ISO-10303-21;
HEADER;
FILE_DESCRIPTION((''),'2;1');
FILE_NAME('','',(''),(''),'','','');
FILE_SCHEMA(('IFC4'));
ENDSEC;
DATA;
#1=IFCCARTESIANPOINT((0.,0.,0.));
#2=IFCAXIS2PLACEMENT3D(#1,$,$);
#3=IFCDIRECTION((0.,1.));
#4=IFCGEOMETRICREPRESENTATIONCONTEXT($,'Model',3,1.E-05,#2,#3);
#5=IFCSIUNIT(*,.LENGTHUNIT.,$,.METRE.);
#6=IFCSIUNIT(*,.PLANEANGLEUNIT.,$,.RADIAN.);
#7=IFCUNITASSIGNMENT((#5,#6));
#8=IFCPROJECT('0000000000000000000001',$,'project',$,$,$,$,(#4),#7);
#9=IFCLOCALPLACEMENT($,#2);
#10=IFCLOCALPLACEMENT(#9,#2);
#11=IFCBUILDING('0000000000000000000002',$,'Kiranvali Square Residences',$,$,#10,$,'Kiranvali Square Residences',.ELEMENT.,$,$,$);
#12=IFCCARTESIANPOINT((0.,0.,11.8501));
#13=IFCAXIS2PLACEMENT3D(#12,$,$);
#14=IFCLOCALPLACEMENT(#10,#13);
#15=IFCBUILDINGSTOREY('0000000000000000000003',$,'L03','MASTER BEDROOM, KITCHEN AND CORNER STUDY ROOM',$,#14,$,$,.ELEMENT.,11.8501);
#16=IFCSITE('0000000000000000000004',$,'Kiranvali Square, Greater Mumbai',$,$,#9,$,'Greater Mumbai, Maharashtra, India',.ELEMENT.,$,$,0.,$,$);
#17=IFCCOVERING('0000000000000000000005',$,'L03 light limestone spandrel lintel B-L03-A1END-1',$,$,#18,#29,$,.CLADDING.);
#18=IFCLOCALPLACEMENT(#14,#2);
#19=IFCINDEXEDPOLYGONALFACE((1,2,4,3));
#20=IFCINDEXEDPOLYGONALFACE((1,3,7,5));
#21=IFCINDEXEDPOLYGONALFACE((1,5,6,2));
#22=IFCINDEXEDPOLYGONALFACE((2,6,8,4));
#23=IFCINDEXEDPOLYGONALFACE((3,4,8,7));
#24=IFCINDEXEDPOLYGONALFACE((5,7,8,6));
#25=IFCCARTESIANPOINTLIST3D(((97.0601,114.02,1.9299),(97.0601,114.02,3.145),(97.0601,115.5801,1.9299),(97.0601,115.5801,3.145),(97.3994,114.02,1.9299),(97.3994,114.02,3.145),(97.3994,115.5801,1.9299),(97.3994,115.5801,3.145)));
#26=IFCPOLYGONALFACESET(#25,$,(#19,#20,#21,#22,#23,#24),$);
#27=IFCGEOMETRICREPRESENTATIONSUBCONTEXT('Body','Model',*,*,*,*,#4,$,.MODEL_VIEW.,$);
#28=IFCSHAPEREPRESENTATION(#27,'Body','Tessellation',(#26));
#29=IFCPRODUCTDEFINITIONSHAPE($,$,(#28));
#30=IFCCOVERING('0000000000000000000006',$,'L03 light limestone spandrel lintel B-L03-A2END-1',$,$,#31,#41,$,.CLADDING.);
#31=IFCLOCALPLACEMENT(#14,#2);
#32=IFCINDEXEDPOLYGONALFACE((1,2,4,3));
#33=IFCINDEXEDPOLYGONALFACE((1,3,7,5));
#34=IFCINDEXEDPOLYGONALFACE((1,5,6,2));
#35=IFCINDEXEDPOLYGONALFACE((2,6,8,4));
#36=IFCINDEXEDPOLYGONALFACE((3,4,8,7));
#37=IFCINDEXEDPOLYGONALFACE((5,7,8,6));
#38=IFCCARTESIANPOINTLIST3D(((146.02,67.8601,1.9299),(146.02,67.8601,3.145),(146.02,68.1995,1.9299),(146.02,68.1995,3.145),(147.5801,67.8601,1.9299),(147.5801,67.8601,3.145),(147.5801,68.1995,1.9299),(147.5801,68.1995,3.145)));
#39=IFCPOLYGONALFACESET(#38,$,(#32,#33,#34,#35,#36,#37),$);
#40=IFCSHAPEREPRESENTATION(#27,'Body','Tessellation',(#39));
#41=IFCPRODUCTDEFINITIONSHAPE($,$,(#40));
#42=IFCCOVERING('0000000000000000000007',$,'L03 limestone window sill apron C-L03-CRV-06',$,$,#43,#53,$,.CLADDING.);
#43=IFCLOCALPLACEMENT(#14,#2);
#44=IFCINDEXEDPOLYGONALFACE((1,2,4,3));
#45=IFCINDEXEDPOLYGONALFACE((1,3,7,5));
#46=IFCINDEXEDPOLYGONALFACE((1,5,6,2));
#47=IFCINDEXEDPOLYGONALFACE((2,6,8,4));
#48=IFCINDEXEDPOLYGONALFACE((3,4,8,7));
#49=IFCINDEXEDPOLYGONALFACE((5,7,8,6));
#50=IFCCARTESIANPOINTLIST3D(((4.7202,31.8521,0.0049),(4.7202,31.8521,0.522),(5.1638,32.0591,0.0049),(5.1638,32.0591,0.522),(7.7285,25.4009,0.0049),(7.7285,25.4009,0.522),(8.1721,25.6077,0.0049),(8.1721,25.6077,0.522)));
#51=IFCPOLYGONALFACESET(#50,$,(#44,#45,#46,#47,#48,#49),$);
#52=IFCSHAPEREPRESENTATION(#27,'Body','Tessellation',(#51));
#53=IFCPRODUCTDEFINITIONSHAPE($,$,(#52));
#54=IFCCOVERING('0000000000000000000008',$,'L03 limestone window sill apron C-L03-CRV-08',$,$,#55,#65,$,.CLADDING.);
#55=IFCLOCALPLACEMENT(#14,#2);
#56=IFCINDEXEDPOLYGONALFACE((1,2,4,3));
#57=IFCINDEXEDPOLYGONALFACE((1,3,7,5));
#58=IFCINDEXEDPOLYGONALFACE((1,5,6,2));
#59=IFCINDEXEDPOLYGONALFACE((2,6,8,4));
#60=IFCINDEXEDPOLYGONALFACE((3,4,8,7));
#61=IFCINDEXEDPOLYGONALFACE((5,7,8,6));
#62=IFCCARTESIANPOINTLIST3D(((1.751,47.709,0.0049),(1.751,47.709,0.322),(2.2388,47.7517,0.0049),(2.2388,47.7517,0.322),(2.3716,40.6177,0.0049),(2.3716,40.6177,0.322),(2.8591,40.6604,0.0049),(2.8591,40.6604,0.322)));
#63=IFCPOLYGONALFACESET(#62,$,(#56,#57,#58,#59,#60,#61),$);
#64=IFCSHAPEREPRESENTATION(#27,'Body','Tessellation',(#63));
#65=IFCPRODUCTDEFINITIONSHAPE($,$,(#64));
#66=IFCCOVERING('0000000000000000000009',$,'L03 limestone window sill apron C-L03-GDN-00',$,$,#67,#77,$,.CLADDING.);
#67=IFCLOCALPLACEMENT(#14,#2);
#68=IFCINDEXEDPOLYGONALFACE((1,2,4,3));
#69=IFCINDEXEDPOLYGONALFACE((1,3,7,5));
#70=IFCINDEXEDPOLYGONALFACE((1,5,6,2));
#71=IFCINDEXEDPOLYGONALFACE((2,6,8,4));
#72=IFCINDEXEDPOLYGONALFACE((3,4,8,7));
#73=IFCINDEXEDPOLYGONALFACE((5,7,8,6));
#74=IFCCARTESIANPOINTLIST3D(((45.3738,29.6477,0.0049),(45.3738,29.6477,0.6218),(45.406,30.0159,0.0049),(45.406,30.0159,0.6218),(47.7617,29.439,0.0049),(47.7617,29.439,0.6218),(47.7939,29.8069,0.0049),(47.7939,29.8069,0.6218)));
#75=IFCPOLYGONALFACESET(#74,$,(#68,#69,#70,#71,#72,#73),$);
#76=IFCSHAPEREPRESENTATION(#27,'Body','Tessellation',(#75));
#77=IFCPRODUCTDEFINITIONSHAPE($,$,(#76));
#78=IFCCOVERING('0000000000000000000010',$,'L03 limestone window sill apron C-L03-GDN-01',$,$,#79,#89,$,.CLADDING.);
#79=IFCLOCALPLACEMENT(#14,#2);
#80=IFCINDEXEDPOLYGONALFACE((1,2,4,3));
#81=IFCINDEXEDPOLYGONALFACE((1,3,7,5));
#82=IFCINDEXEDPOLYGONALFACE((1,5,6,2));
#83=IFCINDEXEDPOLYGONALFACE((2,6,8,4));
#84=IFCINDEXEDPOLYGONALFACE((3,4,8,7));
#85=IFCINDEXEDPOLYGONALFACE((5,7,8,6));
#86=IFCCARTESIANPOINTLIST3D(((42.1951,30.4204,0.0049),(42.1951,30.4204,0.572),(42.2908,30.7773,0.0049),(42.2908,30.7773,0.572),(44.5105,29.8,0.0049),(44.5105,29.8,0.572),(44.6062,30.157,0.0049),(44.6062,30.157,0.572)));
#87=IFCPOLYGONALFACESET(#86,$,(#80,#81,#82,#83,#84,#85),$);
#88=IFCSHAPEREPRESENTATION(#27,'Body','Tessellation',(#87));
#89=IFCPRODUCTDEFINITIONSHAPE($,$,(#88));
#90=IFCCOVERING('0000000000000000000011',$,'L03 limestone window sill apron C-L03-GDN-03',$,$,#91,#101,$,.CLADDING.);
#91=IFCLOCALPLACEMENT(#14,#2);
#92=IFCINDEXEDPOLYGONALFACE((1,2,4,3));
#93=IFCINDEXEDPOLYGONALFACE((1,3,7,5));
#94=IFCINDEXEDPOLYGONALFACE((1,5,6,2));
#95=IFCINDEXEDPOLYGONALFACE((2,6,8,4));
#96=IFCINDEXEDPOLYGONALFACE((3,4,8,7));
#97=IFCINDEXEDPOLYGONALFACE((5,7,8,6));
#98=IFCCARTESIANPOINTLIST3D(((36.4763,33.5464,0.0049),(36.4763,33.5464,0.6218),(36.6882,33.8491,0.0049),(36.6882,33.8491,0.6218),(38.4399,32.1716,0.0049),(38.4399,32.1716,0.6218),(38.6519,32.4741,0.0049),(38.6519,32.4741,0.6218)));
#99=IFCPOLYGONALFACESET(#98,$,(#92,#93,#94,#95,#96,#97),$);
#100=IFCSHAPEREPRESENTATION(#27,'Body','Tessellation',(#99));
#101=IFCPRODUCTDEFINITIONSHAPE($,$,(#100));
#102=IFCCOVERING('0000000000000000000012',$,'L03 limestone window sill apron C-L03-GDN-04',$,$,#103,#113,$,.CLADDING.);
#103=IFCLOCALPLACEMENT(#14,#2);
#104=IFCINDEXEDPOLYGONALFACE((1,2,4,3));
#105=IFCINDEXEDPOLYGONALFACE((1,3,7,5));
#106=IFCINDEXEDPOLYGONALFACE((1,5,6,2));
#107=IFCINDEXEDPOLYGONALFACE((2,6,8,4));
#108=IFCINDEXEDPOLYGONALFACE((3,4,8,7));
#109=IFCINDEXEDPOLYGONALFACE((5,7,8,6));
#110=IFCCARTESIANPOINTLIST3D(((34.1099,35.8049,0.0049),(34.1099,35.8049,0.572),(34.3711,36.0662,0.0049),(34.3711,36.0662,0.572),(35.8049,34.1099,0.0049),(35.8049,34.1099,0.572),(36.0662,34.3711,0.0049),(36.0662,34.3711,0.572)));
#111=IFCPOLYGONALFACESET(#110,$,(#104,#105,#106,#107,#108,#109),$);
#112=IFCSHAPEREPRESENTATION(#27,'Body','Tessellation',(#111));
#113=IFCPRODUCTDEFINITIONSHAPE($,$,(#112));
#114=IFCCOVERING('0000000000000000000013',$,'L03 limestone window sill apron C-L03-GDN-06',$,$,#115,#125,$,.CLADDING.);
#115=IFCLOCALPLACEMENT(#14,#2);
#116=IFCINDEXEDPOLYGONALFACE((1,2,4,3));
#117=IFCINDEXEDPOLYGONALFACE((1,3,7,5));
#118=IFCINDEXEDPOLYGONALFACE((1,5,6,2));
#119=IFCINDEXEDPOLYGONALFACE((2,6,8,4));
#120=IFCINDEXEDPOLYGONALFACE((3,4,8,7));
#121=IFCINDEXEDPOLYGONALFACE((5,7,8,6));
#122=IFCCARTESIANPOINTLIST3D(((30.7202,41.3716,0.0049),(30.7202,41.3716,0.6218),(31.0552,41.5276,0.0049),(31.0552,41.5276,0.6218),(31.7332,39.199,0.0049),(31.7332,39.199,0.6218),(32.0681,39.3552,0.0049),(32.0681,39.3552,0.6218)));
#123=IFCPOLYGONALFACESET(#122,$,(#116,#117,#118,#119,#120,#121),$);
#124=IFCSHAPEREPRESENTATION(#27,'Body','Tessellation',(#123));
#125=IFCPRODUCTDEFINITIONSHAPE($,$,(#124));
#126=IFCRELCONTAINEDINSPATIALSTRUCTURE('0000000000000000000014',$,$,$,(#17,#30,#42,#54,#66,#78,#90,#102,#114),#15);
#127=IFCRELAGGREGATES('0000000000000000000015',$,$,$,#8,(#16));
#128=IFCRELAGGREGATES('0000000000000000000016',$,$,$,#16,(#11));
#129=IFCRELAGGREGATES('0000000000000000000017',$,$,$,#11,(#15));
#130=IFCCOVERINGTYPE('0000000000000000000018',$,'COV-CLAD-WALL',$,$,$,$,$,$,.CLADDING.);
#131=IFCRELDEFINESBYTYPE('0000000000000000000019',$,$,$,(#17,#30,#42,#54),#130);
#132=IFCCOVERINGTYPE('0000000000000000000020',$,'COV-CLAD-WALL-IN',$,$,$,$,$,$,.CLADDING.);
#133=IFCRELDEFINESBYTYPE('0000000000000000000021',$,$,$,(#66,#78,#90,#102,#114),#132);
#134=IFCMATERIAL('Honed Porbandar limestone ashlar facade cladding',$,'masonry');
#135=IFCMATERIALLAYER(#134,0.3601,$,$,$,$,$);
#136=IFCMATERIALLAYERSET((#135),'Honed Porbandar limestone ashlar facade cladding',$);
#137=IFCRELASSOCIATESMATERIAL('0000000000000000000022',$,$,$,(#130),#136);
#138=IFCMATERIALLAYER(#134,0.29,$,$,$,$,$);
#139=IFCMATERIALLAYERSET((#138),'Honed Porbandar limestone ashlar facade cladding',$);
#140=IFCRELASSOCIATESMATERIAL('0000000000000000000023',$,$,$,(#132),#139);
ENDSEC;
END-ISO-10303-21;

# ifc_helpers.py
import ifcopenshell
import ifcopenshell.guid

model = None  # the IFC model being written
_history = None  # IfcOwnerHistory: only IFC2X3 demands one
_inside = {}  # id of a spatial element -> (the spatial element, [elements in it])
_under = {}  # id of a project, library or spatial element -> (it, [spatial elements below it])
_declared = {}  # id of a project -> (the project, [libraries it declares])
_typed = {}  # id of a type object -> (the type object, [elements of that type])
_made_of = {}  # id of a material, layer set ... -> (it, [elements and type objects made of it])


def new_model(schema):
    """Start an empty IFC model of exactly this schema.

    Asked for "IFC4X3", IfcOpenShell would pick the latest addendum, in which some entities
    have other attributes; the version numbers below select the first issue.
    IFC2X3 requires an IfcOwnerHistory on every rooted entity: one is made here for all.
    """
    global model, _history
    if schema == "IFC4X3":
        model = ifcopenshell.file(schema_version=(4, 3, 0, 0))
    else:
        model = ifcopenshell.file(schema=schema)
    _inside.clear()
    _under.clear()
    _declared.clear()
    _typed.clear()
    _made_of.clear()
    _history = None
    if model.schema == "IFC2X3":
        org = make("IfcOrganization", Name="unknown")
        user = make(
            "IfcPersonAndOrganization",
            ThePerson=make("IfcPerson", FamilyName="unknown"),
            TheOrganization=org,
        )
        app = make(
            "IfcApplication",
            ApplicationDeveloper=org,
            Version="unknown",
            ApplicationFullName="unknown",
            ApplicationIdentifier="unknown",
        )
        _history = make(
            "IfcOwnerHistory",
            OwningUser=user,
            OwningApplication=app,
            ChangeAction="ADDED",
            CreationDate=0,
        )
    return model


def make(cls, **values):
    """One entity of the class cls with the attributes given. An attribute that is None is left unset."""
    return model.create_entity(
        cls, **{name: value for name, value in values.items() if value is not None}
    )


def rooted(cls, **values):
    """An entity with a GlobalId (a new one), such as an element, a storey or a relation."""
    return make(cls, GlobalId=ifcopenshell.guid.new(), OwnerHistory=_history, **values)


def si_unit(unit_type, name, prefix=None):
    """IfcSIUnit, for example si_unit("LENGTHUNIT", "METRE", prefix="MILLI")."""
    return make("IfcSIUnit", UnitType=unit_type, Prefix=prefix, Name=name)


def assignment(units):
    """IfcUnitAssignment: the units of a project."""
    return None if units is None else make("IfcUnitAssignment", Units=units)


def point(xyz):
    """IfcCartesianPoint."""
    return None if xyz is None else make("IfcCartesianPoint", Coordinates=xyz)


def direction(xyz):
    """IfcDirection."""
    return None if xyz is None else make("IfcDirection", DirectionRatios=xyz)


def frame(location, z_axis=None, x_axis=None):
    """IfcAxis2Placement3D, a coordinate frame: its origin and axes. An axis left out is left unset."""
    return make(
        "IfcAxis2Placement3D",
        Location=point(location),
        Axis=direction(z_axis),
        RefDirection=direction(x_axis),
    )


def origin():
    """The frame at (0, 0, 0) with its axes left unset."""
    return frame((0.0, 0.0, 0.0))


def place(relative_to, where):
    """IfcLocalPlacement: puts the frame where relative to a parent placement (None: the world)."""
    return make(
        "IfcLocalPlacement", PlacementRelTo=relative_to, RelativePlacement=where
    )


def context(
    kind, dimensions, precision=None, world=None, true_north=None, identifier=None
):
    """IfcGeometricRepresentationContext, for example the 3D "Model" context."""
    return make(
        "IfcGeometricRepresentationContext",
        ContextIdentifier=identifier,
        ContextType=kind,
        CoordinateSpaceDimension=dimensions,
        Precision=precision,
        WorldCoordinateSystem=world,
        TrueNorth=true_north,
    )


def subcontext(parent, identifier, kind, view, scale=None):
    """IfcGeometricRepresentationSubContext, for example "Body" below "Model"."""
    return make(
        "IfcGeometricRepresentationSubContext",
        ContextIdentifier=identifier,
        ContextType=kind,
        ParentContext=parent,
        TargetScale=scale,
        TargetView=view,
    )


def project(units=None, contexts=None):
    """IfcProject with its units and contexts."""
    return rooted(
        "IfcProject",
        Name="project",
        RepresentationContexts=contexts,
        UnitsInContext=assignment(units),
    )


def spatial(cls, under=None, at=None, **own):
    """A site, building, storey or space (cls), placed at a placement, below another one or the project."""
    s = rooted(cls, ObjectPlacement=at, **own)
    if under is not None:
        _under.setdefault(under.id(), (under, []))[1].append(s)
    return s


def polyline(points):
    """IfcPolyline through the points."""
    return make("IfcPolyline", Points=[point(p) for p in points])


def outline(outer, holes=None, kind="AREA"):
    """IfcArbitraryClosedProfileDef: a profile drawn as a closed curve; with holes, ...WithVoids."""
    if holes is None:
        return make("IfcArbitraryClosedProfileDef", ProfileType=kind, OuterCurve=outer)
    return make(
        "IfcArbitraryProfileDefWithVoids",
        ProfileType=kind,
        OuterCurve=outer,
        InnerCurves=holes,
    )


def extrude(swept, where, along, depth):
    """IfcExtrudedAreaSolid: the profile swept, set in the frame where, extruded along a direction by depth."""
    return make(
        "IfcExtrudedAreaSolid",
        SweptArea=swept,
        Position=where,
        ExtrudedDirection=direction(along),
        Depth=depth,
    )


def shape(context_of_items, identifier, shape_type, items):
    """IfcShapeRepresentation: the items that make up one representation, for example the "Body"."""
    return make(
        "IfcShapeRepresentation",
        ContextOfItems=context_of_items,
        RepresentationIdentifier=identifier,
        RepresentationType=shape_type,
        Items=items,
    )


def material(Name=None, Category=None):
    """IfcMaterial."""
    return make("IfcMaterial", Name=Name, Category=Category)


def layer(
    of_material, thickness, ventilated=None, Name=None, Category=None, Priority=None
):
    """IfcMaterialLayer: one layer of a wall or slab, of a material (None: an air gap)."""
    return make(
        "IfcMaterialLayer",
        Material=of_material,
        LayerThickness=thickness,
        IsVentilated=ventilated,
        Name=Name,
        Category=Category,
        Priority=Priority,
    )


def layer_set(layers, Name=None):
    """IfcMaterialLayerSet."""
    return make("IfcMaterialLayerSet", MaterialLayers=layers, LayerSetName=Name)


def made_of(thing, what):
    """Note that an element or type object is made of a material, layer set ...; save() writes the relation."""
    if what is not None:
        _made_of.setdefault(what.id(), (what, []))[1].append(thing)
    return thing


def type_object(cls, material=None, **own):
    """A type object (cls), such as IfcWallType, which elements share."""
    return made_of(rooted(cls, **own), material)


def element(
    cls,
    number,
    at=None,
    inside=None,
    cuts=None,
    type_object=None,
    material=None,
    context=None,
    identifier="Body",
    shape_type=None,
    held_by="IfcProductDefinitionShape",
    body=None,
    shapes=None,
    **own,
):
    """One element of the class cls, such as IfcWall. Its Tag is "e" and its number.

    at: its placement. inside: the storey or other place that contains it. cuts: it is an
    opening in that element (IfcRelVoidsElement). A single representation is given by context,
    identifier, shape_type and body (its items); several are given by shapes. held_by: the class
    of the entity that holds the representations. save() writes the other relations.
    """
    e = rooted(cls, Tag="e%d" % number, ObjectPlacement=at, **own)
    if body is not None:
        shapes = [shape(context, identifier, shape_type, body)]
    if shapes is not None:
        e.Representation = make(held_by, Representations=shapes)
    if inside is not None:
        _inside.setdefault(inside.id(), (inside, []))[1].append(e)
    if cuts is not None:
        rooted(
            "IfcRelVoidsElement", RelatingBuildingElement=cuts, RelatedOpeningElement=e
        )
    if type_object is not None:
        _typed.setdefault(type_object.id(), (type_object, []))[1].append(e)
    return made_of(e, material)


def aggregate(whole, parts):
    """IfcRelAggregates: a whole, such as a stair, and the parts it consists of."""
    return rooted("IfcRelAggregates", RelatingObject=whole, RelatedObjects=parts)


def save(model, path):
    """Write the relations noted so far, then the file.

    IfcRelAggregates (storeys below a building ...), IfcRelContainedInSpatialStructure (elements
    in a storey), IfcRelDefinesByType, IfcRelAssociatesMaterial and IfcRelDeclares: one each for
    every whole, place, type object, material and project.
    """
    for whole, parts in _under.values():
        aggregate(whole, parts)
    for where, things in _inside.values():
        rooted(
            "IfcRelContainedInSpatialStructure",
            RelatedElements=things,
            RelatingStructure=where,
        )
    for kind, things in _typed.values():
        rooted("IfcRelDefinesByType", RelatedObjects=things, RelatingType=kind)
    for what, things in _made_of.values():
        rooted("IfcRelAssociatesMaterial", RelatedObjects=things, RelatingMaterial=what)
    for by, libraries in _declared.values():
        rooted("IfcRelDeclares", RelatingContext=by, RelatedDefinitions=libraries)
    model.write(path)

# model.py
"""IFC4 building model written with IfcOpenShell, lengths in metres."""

from ifc_helpers import new_model, si_unit, direction, frame, origin, place, context, subcontext, project, spatial, polyline, outline, extrude, material, layer, layer_set, type_object, element, save


model = new_model("IFC4")

# Units and contexts
model_context = context("Model", 3, precision=1e-05, world=origin(), true_north=direction((0.0, 1.0)))
body_context = subcontext(model_context, "Body", "Model", "MODEL_VIEW")
ifc_project = project(units=[si_unit("LENGTHUNIT", "METRE"), si_unit("PLANEANGLEUNIT", "RADIAN")], contexts=[model_context])

# Site, building, storey
site_placement = place(None, origin())
site = spatial("IfcSite", under=ifc_project, at=site_placement, Name="Kiranvali Square, Greater Mumbai", LongName="Greater Mumbai, Maharashtra, India", CompositionType="ELEMENT", RefElevation=0.0)
building_placement = place(site_placement, origin())
building = spatial("IfcBuilding", under=site, at=building_placement, Name="Kiranvali Square Residences", LongName="Kiranvali Square Residences", CompositionType="ELEMENT")
storey_placement = place(building_placement, frame((0.0, 0.0, 11.8501)))
storey = spatial("IfcBuildingStorey", under=building, at=storey_placement, Name="L03", Description="MASTER BEDROOM, KITCHEN AND CORNER STUDY ROOM", CompositionType="ELEMENT", Elevation=11.8501)

# Coverings
ifc_material = material(Name="Honed Porbandar limestone ashlar facade cladding", Category="masonry")
ifc_layer_1 = layer(ifc_material, 0.3601)
ifc_layer_set_1 = layer_set([ifc_layer_1], Name="Honed Porbandar limestone ashlar facade cladding")
covering_type_1 = type_object("IfcCoveringType", Name="COV-CLAD-WALL", PredefinedType="CLADDING", material=ifc_layer_set_1)
covering_1_placement = place(storey_placement, frame((0.0, 0.0, 1.9299)))
element("IfcCovering", 1, at=covering_1_placement, inside=storey, type_object=covering_type_1, Name="L03 light limestone spandrel lintel B-L03-A1END-1", PredefinedType="CLADDING", context=body_context, shape_type="SweptSolid", body=[
    extrude(outline(polyline([(97.3994, 114.02), (97.3994, 115.5801), (97.0601, 115.5801), (97.0601, 114.02), (97.3994, 114.02)])), origin(), (0.0, 0.0, 1.0), 1.2151),
])
covering_2_placement = place(storey_placement, frame((0.0, 0.0, 1.9299)))
element("IfcCovering", 2, at=covering_2_placement, inside=storey, type_object=covering_type_1, Name="L03 light limestone spandrel lintel B-L03-A2END-1", PredefinedType="CLADDING", context=body_context, shape_type="SweptSolid", body=[
    extrude(outline(polyline([(146.02, 67.8601), (147.5801, 67.8601), (147.5801, 68.1995), (146.02, 68.1995), (146.02, 67.8601)])), origin(), (0.0, 0.0, 1.0), 1.2151),
])
covering_3_placement = place(storey_placement, frame((0.0, 0.0, 0.0049)))
element("IfcCovering", 3, at=covering_3_placement, inside=storey, type_object=covering_type_1, Name="L03 limestone window sill apron C-L03-CRV-06", PredefinedType="CLADDING", context=body_context, shape_type="SweptSolid", body=[
    extrude(outline(polyline([(8.1721, 25.6077), (5.1638, 32.0591), (4.7202, 31.8521), (7.7285, 25.4009), (8.1721, 25.6077)])), origin(), (0.0, 0.0, 1.0), 0.5171),
])
covering_4_placement = place(storey_placement, frame((0.0, 0.0, 0.0049)))
element("IfcCovering", 4, at=covering_4_placement, inside=storey, type_object=covering_type_1, Name="L03 limestone window sill apron C-L03-CRV-08", PredefinedType="CLADDING", context=body_context, shape_type="SweptSolid", body=[
    extrude(outline(polyline([(2.8591, 40.6604), (2.2388, 47.7517), (1.751, 47.709), (2.3716, 40.6177), (2.8591, 40.6604)])), origin(), (0.0, 0.0, 1.0), 0.3171),
])
ifc_layer_2 = layer(ifc_material, 0.29)
ifc_layer_set_2 = layer_set([ifc_layer_2], Name="Honed Porbandar limestone ashlar facade cladding")
covering_type_2 = type_object("IfcCoveringType", Name="COV-CLAD-WALL-IN", PredefinedType="CLADDING", material=ifc_layer_set_2)
covering_5_placement = place(storey_placement, frame((0.0, 0.0, 0.0049)))
element("IfcCovering", 5, at=covering_5_placement, inside=storey, type_object=covering_type_2, Name="L03 limestone window sill apron C-L03-GDN-00", PredefinedType="CLADDING", context=body_context, shape_type="SweptSolid", body=[
    extrude(outline(polyline([(47.7939, 29.8069), (45.406, 30.0159), (45.3738, 29.6477), (47.7617, 29.439), (47.7939, 29.8069)])), origin(), (0.0, 0.0, 1.0), 0.6169),
])
covering_6_placement = place(storey_placement, frame((0.0, 0.0, 0.0049)))
element("IfcCovering", 6, at=covering_6_placement, inside=storey, type_object=covering_type_2, Name="L03 limestone window sill apron C-L03-GDN-01", PredefinedType="CLADDING", context=body_context, shape_type="SweptSolid", body=[
    extrude(outline(polyline([(44.6062, 30.157), (42.2908, 30.7773), (42.1951, 30.4204), (44.5105, 29.8), (44.6062, 30.157)])), origin(), (0.0, 0.0, 1.0), 0.5671),
])
covering_7_placement = place(storey_placement, frame((0.0, 0.0, 0.0049)))
element("IfcCovering", 7, at=covering_7_placement, inside=storey, type_object=covering_type_2, Name="L03 limestone window sill apron C-L03-GDN-03", PredefinedType="CLADDING", context=body_context, shape_type="SweptSolid", body=[
    extrude(outline(polyline([(38.6519, 32.4741), (36.6882, 33.8491), (36.4763, 33.5464), (38.4399, 32.1716), (38.6519, 32.4741)])), origin(), (0.0, 0.0, 1.0), 0.6169),
])
covering_8_placement = place(storey_placement, frame((0.0, 0.0, 0.0049)))
element("IfcCovering", 8, at=covering_8_placement, inside=storey, type_object=covering_type_2, Name="L03 limestone window sill apron C-L03-GDN-04", PredefinedType="CLADDING", context=body_context, shape_type="SweptSolid", body=[
    extrude(outline(polyline([(36.0662, 34.3711), (34.3711, 36.0662), (34.1099, 35.8049), (35.8049, 34.1099), (36.0662, 34.3711)])), origin(), (0.0, 0.0, 1.0), 0.5671),
])
covering_9_placement = place(storey_placement, frame((0.0, 0.0, 0.0049)))
element("IfcCovering", 9, at=covering_9_placement, inside=storey, type_object=covering_type_2, Name="L03 limestone window sill apron C-L03-GDN-06", PredefinedType="CLADDING", context=body_context, shape_type="SweptSolid", body=[
    extrude(outline(polyline([(32.0681, 39.3552), (31.0552, 41.5276), (30.7202, 41.3716), (31.7332, 39.199), (32.0681, 39.3552)])), origin(), (0.0, 0.0, 1.0), 0.6169),
])

save(model, "model.ifc")
